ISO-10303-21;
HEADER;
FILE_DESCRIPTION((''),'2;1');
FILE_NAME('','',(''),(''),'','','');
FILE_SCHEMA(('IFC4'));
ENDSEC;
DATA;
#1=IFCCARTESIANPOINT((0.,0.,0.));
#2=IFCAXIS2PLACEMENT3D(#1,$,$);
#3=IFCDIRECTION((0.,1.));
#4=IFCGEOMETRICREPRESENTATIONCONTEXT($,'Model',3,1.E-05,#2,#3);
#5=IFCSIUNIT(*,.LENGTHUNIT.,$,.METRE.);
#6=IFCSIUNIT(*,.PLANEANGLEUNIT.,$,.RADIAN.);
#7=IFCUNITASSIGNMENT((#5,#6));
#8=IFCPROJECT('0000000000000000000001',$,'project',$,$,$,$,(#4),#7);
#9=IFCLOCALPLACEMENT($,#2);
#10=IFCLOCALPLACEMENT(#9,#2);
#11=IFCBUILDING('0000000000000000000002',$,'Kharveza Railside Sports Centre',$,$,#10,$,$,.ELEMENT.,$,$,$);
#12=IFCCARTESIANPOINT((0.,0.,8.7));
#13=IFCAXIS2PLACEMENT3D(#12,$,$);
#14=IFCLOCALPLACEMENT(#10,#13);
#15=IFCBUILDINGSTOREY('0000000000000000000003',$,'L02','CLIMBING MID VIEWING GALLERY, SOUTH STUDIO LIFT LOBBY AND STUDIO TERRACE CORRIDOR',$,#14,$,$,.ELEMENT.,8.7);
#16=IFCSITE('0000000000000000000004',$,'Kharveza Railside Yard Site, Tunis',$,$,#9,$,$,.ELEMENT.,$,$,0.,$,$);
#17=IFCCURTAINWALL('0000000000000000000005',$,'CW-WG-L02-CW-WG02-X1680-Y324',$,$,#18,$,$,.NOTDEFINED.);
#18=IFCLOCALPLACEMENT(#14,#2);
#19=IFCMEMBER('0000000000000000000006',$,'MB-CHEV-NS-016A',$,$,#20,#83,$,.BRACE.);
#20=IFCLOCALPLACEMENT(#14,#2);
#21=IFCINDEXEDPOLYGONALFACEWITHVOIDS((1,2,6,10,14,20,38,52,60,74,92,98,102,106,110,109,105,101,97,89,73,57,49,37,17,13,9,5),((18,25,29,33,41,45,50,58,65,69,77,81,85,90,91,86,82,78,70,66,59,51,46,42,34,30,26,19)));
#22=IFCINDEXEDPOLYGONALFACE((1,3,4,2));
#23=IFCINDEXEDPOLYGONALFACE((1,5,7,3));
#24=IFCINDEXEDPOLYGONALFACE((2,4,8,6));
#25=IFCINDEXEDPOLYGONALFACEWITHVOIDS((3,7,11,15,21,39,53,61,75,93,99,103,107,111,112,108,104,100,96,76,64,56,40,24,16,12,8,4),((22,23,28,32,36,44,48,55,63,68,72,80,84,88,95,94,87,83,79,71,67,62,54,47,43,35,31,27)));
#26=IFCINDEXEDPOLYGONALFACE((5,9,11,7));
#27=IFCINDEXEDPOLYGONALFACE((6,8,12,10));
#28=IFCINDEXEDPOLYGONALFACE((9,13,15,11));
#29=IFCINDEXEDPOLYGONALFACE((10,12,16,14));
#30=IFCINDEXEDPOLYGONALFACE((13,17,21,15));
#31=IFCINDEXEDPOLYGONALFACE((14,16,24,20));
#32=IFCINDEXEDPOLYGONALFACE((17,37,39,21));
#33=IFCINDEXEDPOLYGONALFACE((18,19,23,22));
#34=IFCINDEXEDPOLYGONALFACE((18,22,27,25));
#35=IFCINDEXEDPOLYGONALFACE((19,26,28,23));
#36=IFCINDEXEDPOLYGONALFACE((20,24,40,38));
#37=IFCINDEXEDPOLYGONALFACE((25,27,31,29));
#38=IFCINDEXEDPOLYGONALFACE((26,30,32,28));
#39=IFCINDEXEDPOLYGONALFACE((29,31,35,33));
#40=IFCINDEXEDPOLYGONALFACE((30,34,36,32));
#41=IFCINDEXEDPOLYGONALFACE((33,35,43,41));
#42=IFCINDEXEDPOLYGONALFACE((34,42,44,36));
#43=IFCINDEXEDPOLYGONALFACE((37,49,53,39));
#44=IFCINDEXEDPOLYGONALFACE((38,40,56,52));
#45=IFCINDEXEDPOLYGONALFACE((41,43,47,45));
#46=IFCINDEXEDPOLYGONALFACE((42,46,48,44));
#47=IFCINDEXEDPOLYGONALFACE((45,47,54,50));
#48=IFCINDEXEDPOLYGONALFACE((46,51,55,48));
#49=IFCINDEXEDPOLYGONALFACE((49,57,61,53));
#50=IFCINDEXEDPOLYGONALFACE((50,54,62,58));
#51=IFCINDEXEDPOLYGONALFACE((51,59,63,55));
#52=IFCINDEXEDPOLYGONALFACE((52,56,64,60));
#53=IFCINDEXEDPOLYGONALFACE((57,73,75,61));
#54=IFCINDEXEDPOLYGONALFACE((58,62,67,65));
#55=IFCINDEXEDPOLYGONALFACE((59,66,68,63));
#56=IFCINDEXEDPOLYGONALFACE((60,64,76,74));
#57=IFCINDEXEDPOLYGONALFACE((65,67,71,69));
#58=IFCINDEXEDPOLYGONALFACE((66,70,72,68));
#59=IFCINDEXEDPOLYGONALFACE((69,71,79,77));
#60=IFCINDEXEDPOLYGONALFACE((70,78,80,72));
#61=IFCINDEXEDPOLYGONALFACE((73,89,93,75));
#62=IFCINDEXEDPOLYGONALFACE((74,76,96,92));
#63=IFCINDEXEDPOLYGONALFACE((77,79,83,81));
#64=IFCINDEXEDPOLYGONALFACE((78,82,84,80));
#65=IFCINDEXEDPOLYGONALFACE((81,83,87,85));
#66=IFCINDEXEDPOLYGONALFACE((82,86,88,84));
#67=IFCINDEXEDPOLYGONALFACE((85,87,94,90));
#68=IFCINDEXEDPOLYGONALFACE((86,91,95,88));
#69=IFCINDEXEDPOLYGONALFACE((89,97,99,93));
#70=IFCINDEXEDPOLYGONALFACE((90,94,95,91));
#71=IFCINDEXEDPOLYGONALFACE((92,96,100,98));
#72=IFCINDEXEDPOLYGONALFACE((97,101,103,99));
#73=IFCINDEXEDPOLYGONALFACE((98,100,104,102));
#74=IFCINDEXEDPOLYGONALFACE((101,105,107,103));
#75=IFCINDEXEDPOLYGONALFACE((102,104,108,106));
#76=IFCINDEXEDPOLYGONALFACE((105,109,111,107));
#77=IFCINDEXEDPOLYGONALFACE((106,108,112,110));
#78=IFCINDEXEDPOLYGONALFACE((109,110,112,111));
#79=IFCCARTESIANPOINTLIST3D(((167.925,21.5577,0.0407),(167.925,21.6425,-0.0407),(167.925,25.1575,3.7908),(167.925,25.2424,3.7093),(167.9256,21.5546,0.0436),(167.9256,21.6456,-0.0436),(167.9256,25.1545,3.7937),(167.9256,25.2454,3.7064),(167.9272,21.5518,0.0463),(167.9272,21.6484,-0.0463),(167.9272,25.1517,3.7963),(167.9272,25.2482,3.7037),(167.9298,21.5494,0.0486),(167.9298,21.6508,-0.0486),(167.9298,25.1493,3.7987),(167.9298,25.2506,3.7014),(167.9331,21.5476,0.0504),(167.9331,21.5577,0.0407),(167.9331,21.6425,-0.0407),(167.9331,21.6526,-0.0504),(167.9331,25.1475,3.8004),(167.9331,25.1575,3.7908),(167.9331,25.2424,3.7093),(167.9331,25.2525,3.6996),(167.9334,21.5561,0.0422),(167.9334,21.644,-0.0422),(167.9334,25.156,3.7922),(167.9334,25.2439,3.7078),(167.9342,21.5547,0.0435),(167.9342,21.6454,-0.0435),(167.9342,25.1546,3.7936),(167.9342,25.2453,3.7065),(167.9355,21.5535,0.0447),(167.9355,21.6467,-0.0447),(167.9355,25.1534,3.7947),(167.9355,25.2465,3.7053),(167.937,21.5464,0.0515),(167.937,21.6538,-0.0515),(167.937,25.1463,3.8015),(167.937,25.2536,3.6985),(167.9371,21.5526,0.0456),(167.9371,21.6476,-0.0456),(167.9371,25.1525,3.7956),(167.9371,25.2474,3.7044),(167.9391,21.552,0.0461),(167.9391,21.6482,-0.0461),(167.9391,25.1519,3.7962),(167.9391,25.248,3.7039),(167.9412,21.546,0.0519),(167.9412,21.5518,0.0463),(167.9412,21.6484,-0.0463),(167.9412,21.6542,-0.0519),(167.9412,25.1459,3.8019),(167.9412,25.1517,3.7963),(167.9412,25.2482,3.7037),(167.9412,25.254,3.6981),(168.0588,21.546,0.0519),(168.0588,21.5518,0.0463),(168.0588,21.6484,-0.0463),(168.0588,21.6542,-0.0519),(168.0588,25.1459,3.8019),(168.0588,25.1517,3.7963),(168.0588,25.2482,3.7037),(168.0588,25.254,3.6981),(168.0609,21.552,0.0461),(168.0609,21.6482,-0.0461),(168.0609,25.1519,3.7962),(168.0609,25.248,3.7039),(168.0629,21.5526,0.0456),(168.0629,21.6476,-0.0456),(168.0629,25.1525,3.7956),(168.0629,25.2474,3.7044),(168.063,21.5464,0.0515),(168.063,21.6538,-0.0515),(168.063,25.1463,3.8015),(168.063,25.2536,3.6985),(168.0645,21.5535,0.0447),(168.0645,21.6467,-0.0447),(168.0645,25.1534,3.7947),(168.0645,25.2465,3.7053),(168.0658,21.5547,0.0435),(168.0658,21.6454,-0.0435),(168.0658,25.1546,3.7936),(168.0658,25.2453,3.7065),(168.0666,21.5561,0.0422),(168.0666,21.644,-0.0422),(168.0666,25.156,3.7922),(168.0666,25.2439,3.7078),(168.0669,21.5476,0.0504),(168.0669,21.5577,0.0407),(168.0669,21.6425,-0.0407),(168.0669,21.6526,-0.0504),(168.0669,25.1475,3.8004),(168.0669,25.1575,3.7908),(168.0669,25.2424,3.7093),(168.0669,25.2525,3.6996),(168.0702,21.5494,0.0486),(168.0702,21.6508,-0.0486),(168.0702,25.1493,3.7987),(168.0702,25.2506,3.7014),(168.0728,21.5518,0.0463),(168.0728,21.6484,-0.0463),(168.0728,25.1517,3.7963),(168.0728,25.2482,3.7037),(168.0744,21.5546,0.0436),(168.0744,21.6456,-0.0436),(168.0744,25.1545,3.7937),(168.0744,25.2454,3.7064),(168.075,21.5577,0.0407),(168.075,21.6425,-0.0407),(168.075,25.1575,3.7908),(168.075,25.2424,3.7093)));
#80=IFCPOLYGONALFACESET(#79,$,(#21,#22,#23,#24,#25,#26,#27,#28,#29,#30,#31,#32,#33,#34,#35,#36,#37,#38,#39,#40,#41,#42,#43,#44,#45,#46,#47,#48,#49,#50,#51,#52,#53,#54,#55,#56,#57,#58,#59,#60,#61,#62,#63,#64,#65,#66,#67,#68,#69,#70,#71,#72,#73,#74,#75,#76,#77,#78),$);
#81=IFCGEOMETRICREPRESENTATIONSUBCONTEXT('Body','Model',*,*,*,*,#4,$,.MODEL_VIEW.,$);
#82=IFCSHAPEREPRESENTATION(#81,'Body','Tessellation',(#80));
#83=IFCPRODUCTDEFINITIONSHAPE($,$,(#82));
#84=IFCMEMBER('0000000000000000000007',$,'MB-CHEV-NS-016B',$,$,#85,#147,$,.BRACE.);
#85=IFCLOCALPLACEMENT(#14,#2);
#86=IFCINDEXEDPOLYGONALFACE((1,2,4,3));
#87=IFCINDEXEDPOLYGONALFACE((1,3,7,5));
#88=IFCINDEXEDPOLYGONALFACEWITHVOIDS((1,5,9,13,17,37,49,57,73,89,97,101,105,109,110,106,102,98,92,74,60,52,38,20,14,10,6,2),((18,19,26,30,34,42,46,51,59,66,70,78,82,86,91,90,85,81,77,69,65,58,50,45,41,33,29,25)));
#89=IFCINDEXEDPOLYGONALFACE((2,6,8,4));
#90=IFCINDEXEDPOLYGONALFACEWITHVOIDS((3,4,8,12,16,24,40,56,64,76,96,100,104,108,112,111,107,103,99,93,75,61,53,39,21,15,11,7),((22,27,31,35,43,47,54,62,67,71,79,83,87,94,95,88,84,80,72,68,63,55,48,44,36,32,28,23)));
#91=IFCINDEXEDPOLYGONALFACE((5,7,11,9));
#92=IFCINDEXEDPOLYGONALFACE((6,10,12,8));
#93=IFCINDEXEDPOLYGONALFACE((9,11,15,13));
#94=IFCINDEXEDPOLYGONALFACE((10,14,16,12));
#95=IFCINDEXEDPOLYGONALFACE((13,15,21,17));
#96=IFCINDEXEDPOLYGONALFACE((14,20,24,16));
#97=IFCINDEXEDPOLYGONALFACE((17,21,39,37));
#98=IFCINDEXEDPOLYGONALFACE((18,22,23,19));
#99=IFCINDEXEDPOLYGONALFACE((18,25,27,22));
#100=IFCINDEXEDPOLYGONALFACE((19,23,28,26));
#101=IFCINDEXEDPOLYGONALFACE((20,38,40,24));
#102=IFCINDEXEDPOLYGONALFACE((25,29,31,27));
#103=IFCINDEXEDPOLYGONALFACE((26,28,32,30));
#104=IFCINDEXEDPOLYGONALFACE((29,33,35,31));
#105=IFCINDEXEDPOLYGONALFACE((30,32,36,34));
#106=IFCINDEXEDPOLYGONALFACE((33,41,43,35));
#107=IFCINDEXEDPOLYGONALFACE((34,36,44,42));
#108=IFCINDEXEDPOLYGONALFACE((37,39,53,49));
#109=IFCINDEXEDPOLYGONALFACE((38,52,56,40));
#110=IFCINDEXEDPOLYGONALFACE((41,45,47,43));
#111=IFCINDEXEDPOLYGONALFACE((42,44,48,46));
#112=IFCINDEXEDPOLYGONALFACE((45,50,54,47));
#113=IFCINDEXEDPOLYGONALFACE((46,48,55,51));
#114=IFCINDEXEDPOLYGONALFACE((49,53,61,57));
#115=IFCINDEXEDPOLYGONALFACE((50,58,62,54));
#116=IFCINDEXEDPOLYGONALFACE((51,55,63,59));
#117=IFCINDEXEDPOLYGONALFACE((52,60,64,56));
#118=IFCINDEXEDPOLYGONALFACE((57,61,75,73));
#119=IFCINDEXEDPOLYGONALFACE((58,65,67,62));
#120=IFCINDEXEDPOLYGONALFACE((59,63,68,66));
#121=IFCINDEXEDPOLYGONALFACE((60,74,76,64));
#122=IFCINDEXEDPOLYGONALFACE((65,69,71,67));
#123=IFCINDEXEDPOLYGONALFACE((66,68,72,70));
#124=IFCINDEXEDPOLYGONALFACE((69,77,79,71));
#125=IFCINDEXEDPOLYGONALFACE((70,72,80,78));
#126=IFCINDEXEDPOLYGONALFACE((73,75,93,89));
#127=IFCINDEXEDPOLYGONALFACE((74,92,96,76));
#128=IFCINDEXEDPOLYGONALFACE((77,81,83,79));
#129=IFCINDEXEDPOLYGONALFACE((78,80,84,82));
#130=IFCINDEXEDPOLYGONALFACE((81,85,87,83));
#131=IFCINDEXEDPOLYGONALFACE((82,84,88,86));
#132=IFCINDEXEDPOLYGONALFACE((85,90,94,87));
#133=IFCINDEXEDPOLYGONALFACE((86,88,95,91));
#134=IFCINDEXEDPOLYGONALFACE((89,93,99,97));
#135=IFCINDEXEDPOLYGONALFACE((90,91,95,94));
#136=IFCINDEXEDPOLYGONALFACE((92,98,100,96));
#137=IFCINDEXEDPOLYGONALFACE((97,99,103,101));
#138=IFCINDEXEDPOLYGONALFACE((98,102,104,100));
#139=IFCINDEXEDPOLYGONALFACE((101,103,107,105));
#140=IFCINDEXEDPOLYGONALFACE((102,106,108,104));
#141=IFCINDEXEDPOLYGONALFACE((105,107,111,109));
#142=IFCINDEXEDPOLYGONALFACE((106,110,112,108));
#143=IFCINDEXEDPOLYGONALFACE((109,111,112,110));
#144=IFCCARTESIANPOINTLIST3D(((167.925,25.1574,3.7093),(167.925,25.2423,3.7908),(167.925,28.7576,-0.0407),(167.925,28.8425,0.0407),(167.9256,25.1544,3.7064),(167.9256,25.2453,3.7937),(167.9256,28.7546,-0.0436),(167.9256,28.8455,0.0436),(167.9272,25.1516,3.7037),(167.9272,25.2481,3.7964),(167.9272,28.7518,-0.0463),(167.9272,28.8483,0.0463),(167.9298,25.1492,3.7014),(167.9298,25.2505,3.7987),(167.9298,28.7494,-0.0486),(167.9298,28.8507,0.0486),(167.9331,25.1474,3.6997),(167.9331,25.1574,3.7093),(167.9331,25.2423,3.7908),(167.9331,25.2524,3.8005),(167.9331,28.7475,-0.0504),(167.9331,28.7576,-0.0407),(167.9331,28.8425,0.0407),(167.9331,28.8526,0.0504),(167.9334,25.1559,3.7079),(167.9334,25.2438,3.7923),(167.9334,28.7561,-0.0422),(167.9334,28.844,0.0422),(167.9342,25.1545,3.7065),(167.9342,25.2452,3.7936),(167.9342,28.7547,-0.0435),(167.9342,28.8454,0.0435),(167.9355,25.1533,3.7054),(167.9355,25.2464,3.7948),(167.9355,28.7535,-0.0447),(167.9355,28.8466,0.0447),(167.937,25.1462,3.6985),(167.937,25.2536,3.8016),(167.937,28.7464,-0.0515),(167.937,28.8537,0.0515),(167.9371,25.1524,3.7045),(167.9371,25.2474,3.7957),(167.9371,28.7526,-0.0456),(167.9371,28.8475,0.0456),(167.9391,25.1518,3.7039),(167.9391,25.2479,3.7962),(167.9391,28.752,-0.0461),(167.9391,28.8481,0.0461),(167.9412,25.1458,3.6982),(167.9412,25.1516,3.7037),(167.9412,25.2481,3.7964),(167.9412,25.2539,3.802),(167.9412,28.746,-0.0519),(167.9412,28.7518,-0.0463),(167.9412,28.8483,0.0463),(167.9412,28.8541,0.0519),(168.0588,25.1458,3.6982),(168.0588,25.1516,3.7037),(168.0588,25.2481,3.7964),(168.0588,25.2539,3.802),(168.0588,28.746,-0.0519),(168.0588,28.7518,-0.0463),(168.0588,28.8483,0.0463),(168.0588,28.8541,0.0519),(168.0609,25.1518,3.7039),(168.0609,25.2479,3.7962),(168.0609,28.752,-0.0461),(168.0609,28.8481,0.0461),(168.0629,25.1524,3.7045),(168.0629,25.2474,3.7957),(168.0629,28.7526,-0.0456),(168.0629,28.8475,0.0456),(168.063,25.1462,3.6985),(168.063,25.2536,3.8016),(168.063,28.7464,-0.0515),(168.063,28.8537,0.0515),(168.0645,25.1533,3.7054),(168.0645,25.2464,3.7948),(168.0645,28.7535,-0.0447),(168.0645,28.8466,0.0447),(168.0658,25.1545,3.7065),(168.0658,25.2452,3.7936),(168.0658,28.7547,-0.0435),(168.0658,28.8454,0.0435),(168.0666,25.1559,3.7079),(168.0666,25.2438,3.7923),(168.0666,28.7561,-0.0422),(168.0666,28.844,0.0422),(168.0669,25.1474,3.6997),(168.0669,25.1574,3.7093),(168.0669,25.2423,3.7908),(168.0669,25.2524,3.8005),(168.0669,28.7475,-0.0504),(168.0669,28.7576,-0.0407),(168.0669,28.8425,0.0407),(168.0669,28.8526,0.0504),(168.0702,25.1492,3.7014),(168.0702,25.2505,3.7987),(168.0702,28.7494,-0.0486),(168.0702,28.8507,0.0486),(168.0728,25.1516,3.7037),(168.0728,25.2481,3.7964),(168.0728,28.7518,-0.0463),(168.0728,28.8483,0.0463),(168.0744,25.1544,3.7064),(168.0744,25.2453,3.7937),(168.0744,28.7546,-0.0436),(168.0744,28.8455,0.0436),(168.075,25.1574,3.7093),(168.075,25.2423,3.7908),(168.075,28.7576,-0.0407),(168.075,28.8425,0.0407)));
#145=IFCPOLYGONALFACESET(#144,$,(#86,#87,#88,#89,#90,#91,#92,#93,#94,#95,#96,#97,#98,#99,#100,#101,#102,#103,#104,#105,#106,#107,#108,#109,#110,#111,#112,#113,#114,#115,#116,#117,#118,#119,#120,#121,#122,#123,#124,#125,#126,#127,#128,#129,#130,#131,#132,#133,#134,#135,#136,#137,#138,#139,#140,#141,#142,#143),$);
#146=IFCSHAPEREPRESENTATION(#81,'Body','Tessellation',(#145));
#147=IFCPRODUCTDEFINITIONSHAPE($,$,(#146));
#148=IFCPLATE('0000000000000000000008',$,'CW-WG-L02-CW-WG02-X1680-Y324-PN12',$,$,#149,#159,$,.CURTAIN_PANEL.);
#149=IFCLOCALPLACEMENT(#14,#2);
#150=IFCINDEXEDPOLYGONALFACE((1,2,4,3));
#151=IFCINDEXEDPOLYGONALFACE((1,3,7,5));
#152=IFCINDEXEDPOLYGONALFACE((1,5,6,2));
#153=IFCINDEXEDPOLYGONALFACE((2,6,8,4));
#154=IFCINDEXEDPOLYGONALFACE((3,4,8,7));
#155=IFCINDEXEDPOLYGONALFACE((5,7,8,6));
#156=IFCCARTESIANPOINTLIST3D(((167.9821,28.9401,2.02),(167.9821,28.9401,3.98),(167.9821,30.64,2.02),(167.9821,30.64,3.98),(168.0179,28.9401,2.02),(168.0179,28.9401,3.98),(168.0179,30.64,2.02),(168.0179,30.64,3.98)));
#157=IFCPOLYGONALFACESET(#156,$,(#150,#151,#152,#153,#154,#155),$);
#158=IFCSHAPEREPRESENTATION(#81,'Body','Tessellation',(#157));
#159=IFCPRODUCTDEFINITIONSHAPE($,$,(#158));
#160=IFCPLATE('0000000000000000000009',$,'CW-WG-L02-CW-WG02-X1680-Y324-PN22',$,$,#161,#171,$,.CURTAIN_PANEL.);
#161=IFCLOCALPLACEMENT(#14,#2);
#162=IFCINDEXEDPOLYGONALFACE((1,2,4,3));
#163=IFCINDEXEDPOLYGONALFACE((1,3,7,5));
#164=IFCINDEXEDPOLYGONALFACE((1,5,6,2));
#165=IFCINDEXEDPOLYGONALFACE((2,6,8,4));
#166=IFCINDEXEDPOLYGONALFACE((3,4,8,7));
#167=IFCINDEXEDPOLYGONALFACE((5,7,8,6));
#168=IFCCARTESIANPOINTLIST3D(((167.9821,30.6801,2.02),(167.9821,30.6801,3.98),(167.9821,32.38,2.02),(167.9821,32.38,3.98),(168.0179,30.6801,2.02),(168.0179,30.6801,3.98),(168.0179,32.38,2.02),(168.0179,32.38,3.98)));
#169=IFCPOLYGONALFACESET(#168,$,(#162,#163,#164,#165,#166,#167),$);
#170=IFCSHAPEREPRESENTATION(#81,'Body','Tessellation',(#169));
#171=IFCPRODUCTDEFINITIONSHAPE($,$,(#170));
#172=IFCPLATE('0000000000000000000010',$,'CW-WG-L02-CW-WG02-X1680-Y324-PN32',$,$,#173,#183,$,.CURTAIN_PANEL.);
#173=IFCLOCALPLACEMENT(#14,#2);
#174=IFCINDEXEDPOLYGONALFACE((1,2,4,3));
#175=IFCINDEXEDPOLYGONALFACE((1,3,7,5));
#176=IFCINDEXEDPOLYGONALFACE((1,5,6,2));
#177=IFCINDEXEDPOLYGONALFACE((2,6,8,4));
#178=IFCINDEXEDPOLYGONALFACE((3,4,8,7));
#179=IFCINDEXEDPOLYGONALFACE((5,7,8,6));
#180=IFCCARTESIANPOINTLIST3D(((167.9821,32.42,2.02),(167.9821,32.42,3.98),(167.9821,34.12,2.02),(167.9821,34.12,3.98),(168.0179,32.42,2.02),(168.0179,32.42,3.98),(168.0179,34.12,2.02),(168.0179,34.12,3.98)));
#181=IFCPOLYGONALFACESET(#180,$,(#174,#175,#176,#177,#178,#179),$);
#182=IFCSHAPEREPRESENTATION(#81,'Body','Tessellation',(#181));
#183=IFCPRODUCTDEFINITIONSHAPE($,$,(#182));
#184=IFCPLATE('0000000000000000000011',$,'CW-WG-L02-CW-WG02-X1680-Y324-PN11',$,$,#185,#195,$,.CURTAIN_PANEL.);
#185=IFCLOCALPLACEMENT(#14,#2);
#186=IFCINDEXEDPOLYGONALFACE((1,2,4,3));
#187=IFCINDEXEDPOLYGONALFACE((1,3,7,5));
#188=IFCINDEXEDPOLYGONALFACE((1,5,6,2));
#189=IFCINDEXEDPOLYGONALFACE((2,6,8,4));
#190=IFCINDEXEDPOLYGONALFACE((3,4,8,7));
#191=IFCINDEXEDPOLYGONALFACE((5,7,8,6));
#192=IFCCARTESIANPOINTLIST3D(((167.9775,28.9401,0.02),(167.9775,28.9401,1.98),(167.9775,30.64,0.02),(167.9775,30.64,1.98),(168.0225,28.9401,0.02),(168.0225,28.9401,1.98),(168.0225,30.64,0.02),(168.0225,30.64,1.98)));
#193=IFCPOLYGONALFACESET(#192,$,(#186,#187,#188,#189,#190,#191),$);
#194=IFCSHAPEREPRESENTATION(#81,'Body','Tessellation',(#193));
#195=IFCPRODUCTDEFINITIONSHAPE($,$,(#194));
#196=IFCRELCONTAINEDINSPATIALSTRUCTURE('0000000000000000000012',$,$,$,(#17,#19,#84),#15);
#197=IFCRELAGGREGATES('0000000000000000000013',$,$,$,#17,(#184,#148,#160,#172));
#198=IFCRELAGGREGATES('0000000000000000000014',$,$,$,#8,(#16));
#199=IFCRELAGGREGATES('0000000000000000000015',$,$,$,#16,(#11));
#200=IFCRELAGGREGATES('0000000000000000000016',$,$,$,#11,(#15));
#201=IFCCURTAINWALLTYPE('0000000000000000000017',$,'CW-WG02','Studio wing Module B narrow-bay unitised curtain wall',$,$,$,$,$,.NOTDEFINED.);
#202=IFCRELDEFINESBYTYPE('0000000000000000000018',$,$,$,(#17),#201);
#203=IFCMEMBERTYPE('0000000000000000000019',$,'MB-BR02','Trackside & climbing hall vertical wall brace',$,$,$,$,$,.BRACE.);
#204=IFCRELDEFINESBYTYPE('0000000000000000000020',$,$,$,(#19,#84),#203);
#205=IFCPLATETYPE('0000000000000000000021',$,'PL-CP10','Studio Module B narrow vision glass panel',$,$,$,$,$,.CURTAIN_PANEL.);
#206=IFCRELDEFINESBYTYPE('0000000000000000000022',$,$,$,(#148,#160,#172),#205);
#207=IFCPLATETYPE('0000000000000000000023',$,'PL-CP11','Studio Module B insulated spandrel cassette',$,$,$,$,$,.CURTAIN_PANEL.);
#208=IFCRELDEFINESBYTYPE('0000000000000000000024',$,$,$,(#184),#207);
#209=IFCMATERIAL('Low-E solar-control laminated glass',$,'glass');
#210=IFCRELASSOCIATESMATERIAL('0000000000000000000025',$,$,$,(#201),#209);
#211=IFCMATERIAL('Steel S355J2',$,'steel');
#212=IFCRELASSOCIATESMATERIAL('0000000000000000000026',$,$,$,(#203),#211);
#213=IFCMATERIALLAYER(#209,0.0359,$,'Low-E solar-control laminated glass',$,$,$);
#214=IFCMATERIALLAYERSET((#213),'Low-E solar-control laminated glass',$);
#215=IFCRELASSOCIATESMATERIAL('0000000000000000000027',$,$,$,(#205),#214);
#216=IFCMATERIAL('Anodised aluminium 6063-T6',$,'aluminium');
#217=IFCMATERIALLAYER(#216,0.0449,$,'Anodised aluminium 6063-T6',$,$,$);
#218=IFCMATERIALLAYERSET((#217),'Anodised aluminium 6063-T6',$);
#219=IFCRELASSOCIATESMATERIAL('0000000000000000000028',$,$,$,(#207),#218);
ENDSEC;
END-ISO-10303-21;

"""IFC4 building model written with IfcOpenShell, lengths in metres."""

from ifc_helpers import new_model, si_unit, direction, frame, origin, origin_2d, place, context, subcontext, project, spatial, rectangle, hollow_rectangle, extrude, material, layer, layer_set, material_profile, profile_set, type_object, element, aggregate, save


model = new_model("IFC4")

# Units and contexts
model_context = context("Model", 3, precision=1e-05, world=origin(), true_north=direction((0.0, 1.0)))
body_context = subcontext(model_context, "Body", "Model", "MODEL_VIEW")
ifc_project = project(units=[si_unit("LENGTHUNIT", "METRE"), si_unit("PLANEANGLEUNIT", "RADIAN")], contexts=[model_context])

# Site, building, storey
site_placement = place(None, origin())
site = spatial("IfcSite", under=ifc_project, at=site_placement, Name="Kharveza Railside Yard Site, Tunis", CompositionType="ELEMENT", RefElevation=0.0)
building_placement = place(site_placement, origin())
building = spatial("IfcBuilding", under=site, at=building_placement, Name="Kharveza Railside Sports Centre", CompositionType="ELEMENT")
storey_placement = place(building_placement, frame((0.0, 0.0, 8.7)))
storey = spatial("IfcBuildingStorey", under=building, at=storey_placement, Name="L02", Description="CLIMBING MID VIEWING GALLERY, SOUTH STUDIO LIFT LOBBY AND STUDIO TERRACE CORRIDOR", CompositionType="ELEMENT", Elevation=8.7)

# Shared definitions
ifc_material_1 = material(Name="Steel S355J2", Category="steel")

# Curtain wall
ifc_material_2 = material(Name="Low-E solar-control laminated glass", Category="glass")
curtain_wall_type = type_object("IfcCurtainWallType", Name="CW-WG02", Description="Studio wing Module B narrow-bay unitised curtain wall", PredefinedType="NOTDEFINED", material=ifc_material_2)
curtain_wall_placement = place(storey_placement, origin())
curtain_wall = element("IfcCurtainWall", 1, at=curtain_wall_placement, inside=storey, type_object=curtain_wall_type, Name="CW-WG-L02-CW-WG02-X1680-Y324", PredefinedType="NOTDEFINED")
ifc_material_3 = material(Name="Anodised aluminium 6063-T6", Category="aluminium")

# Members
ifc_material_profile_1 = material_profile(ifc_material_1, hollow_rectangle(XDim=0.1499, YDim=0.1499, WallThickness=0.0081, InnerFilletRadius=0.0081, OuterFilletRadius=0.0161, at=origin_2d()), Name="SHS 150x150x8.0")
ifc_profile_set_1 = profile_set([ifc_material_profile_1], Name="Steel S355J2")
member_type_1 = type_object("IfcMemberType", Name="MB-BR02", Description="Trackside & climbing hall vertical wall brace", PredefinedType="BRACE", material=ifc_profile_set_1)
member_1_placement = place(storey_placement, frame((168.0, 21.6001, 0.0), z_axis=(0.0, 0.692517, 0.721401), x_axis=(-1.0, 0.0, 0.0)))
element("IfcMember", 2, at=member_1_placement, inside=storey, type_object=member_type_1, Name="MB-CHEV-NS-016A", PredefinedType="BRACE", context=body_context, shape_type="SweptSolid", body=[
    extrude(hollow_rectangle(XDim=0.1499, YDim=0.1499, WallThickness=0.0081, InnerFilletRadius=0.0081, OuterFilletRadius=0.0161, at=origin_2d()), origin(), (0.0, 0.0, 1.0), 5.1982),
])
member_2_placement = place(storey_placement, frame((168.0, 28.8, 0.0), z_axis=(0.0, -0.692542, 0.721378), x_axis=(1.0, 0.0, 0.0)))
element("IfcMember", 3, at=member_2_placement, inside=storey, type_object=member_type_1, Name="MB-CHEV-NS-016B", PredefinedType="BRACE", context=body_context, shape_type="SweptSolid", body=[
    extrude(hollow_rectangle(XDim=0.1499, YDim=0.1499, WallThickness=0.0081, InnerFilletRadius=0.0081, OuterFilletRadius=0.0161, at=origin_2d()), origin(), (0.0, 0.0, 1.0), 5.1985),
])

# Plates
ifc_layer_1 = layer(ifc_material_2, 0.0359, Name="Low-E solar-control laminated glass")
ifc_layer_set_1 = layer_set([ifc_layer_1], Name="Low-E solar-control laminated glass")
plate_type_1 = type_object("IfcPlateType", Name="PL-CP10", Description="Studio Module B narrow vision glass panel", PredefinedType="CURTAIN_PANEL", material=ifc_layer_set_1)
plate_1_placement = place(storey_placement, frame((168.0, 29.79, 2.02), z_axis=(0.0, 0.0, 1.0), x_axis=(0.0, 1.0, 0.0)))
plate_1 = element("IfcPlate", 4, at=plate_1_placement, type_object=plate_type_1, Name="CW-WG-L02-CW-WG02-X1680-Y324-PN12", PredefinedType="CURTAIN_PANEL", context=body_context, shape_type="SweptSolid", body=[
    extrude(rectangle(XDim=1.7, YDim=0.0359, at=origin_2d()), origin(), (0.0, 0.0, 1.0), 1.96),
])
plate_2_placement = place(storey_placement, frame((168.0, 31.53, 2.02), z_axis=(0.0, 0.0, 1.0), x_axis=(0.0, 1.0, 0.0)))
plate_2 = element("IfcPlate", 5, at=plate_2_placement, type_object=plate_type_1, Name="CW-WG-L02-CW-WG02-X1680-Y324-PN22", PredefinedType="CURTAIN_PANEL", context=body_context, shape_type="SweptSolid", body=[
    extrude(rectangle(XDim=1.7, YDim=0.0359, at=origin_2d()), origin(), (0.0, 0.0, 1.0), 1.96),
])
plate_3_placement = place(storey_placement, frame((168.0, 33.27, 2.02), z_axis=(0.0, 0.0, 1.0), x_axis=(0.0, 1.0, 0.0)))
plate_3 = element("IfcPlate", 6, at=plate_3_placement, type_object=plate_type_1, Name="CW-WG-L02-CW-WG02-X1680-Y324-PN32", PredefinedType="CURTAIN_PANEL", context=body_context, shape_type="SweptSolid", body=[
    extrude(rectangle(XDim=1.7, YDim=0.0359, at=origin_2d()), origin(), (0.0, 0.0, 1.0), 1.96),
])
ifc_layer_2 = layer(ifc_material_3, 0.0449, Name="Anodised aluminium 6063-T6")
ifc_layer_set_2 = layer_set([ifc_layer_2], Name="Anodised aluminium 6063-T6")
plate_type_2 = type_object("IfcPlateType", Name="PL-CP11", Description="Studio Module B insulated spandrel cassette", PredefinedType="CURTAIN_PANEL", material=ifc_layer_set_2)
plate_4_placement = place(storey_placement, frame((168.0, 29.79, 0.02), z_axis=(0.0, 0.0, 1.0), x_axis=(0.0, 1.0, 0.0)))
plate_4 = element("IfcPlate", 7, at=plate_4_placement, type_object=plate_type_2, Name="CW-WG-L02-CW-WG02-X1680-Y324-PN11", PredefinedType="CURTAIN_PANEL", context=body_context, shape_type="SweptSolid", body=[
    extrude(rectangle(XDim=1.7, YDim=0.0449, at=origin_2d()), origin(), (0.0, 0.0, 1.0), 1.96),
])
aggregate(curtain_wall, [plate_4, plate_1, plate_2, plate_3])

save(model, "model.ifc")
